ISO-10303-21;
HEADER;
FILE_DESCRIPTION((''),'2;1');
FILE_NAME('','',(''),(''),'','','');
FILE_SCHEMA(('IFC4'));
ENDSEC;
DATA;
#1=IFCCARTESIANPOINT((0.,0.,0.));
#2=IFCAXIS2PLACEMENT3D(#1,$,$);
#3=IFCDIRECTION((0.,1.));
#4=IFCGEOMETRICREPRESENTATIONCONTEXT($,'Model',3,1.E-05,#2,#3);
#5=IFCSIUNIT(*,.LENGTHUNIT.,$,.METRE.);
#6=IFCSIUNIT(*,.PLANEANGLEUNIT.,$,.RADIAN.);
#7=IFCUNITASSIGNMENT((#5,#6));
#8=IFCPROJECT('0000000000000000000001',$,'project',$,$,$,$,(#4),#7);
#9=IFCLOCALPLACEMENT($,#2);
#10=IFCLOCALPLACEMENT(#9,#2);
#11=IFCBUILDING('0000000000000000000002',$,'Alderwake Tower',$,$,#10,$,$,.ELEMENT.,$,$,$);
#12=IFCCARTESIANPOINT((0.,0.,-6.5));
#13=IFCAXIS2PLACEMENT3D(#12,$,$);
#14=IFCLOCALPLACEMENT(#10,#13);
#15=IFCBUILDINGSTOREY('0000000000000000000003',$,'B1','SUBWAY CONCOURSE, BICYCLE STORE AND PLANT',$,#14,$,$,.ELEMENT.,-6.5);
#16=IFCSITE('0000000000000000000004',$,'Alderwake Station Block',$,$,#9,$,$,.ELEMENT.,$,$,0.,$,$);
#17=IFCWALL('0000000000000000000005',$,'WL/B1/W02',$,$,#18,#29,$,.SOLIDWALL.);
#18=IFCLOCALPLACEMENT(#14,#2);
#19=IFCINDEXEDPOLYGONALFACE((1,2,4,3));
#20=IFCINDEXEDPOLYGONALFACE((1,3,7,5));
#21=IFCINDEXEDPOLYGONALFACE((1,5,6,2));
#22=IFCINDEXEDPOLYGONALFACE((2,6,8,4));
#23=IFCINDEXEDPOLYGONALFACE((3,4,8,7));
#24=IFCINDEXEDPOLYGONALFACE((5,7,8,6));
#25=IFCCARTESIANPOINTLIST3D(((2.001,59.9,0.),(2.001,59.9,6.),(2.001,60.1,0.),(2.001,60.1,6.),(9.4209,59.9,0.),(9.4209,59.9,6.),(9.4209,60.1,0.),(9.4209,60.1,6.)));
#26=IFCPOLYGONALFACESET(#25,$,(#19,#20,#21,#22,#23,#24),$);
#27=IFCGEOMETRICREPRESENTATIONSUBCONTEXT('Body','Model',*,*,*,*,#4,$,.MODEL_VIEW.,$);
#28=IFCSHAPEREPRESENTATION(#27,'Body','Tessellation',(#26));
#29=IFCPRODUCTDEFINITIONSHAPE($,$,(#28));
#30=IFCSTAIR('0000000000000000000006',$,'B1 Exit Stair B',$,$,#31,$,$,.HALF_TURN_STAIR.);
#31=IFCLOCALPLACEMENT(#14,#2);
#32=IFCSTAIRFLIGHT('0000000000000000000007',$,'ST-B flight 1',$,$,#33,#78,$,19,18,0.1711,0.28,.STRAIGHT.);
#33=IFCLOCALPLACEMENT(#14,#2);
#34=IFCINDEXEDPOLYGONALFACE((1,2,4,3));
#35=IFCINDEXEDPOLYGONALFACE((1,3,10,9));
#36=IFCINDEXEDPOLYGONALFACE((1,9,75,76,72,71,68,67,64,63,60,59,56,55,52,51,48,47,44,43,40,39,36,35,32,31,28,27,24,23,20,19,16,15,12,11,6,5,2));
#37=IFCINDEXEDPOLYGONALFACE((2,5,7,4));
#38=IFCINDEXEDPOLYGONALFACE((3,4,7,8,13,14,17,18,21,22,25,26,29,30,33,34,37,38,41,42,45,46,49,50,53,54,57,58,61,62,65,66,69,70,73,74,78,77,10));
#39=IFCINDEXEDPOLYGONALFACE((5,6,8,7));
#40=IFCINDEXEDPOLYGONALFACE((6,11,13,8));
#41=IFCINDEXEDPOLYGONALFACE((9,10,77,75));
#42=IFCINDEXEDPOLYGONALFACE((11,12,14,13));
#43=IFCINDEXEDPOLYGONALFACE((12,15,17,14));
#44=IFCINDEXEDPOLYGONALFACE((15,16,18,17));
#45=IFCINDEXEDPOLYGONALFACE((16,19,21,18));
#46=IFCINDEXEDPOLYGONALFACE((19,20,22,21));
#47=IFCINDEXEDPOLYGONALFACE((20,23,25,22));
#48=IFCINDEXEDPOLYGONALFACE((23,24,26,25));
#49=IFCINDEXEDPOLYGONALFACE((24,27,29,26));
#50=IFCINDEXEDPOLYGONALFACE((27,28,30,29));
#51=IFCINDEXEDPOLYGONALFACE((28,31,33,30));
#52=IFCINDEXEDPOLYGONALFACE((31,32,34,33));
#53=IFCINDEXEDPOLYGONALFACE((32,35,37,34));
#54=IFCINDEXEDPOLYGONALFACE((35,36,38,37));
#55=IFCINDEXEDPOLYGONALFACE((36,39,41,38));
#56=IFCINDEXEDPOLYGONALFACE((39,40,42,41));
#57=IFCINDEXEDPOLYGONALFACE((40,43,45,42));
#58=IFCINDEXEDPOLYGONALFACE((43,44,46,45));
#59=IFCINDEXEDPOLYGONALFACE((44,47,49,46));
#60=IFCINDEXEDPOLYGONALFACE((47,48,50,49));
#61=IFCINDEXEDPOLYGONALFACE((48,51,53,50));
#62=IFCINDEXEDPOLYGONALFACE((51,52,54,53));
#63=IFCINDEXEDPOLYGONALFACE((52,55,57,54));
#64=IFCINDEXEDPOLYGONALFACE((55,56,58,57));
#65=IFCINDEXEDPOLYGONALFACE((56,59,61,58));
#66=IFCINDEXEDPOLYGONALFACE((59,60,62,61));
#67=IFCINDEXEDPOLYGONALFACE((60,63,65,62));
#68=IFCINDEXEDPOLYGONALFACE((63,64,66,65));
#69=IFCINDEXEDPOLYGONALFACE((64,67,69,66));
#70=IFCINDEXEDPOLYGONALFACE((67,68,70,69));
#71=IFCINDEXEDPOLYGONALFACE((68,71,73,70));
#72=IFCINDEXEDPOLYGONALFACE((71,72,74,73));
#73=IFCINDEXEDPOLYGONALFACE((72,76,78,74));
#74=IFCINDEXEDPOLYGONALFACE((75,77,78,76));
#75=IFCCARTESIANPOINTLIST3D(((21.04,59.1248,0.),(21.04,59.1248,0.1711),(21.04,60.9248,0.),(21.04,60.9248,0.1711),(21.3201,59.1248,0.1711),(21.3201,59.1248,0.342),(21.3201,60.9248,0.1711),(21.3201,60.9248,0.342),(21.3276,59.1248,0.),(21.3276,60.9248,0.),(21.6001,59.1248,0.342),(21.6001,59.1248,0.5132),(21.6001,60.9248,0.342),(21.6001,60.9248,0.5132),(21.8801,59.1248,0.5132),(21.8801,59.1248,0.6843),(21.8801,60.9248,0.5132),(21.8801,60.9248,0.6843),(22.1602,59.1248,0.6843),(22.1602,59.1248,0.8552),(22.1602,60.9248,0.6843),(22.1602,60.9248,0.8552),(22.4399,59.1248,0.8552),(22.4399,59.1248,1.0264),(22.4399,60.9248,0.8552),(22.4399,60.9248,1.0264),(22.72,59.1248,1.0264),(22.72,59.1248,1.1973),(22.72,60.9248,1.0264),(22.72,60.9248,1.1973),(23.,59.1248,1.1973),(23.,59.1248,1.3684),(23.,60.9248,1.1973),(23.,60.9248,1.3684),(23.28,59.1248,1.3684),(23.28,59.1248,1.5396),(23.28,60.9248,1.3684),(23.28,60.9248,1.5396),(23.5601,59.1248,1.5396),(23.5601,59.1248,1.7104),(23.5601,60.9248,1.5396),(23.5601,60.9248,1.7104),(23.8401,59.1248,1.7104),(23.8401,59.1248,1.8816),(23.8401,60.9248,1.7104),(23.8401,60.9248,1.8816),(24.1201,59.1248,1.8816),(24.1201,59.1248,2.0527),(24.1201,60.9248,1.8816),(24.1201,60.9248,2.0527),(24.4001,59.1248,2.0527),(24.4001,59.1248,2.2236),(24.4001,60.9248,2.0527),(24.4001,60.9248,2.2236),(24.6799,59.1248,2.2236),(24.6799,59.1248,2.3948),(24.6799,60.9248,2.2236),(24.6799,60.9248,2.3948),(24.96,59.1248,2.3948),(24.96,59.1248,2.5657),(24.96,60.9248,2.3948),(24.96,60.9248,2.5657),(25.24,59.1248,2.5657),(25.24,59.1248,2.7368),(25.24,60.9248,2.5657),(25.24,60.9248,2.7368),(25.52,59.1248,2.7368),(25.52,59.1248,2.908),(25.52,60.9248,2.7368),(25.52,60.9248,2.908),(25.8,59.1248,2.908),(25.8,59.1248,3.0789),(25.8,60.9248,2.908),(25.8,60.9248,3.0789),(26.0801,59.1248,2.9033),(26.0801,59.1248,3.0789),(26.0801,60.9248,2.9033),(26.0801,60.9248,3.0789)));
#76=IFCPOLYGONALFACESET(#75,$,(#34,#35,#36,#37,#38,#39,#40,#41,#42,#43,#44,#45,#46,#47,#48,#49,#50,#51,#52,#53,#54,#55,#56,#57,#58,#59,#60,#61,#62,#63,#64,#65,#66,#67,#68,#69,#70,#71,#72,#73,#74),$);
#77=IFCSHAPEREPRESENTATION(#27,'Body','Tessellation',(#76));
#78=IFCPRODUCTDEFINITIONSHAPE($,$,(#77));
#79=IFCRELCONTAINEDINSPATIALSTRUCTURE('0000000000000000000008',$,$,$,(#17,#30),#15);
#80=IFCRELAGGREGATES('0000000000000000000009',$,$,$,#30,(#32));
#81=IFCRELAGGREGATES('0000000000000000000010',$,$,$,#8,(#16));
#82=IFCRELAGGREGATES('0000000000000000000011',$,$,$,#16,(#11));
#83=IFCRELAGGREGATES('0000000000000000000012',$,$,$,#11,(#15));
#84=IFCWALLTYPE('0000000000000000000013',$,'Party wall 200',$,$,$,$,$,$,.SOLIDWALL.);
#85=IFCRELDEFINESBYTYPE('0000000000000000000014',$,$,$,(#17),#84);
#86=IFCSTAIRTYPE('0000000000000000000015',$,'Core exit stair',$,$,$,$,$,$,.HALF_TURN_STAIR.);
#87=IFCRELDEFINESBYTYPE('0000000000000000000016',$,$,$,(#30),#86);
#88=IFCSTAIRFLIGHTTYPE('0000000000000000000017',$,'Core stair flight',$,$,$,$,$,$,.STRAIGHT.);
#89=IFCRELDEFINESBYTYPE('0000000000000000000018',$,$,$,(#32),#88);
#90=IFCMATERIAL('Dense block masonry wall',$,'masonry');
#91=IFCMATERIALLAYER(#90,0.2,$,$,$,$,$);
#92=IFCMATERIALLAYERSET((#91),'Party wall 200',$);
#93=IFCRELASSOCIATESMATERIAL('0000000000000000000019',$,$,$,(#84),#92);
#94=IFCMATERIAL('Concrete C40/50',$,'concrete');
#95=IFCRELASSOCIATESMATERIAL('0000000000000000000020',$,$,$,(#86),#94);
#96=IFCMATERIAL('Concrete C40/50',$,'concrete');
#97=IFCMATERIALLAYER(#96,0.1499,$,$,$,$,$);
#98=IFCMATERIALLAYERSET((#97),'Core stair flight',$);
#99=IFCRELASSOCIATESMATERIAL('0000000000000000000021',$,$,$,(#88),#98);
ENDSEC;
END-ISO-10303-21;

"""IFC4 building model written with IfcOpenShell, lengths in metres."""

from ifc_helpers import new_model, si_unit, direction, frame, frame_2d, origin, place, context, subcontext, project, spatial, polyline, rectangle, outline, extrude, material, layer, layer_set, type_object, element, aggregate, save


model = new_model("IFC4")

# Units and contexts
model_context = context("Model", 3, precision=1e-05, world=origin(), true_north=direction((0.0, 1.0)))
body_context = subcontext(model_context, "Body", "Model", "MODEL_VIEW")
ifc_project = project(units=[si_unit("LENGTHUNIT", "METRE"), si_unit("PLANEANGLEUNIT", "RADIAN")], contexts=[model_context])

# Site, building, storey
site_placement = place(None, origin())
site = spatial("IfcSite", under=ifc_project, at=site_placement, Name="Alderwake Station Block", CompositionType="ELEMENT", RefElevation=0.0)
building_placement = place(site_placement, origin())
building = spatial("IfcBuilding", under=site, at=building_placement, Name="Alderwake Tower", CompositionType="ELEMENT")
storey_placement = place(building_placement, frame((0.0, 0.0, -6.5)))
storey = spatial("IfcBuildingStorey", under=building, at=storey_placement, Name="B1", Description="SUBWAY CONCOURSE, BICYCLE STORE AND PLANT", CompositionType="ELEMENT", Elevation=-6.5)

# Wall
ifc_material_1 = material(Name="Dense block masonry wall", Category="masonry")
ifc_layer_1 = layer(ifc_material_1, 0.2)
ifc_layer_set_1 = layer_set([ifc_layer_1], Name="Party wall 200")
wall_type_1 = type_object("IfcWallType", Name="Party wall 200", PredefinedType="SOLIDWALL", material=ifc_layer_set_1)
wall_1_placement = place(storey_placement, frame((9.4209, 60.0, 0.0), z_axis=(0.0, 0.0, 1.0), x_axis=(-1.0, 0.0, 0.0)))
element("IfcWall", 1, at=wall_1_placement, inside=storey, type_object=wall_type_1, Name="WL/B1/W02", PredefinedType="SOLIDWALL", context=body_context, shape_type="SweptSolid", body=[
    extrude(rectangle(XDim=7.4199, YDim=0.2, at=frame_2d((3.71, 0.0))), origin(), (0.0, 0.0, 1.0), 6.0),
])

# Stair, stair flight
ifc_material_2 = material(Name="Concrete C40/50", Category="concrete")
stair_type = type_object("IfcStairType", Name="Core exit stair", PredefinedType="HALF_TURN_STAIR", material=ifc_material_2)
stair_placement = place(storey_placement, origin())
stair = element("IfcStair", 2, at=stair_placement, inside=storey, type_object=stair_type, Name="B1 Exit Stair B", PredefinedType="HALF_TURN_STAIR")
ifc_material_3 = material(Name="Concrete C40/50", Category="concrete")
ifc_layer_2 = layer(ifc_material_3, 0.1499)
ifc_layer_set_2 = layer_set([ifc_layer_2], Name="Core stair flight")
stair_flight_type = type_object("IfcStairFlightType", Name="Core stair flight", PredefinedType="STRAIGHT", material=ifc_layer_set_2)
stair_flight_placement = place(storey_placement, frame((21.04, 60.0249, 0.0), z_axis=(0.0, 0.0, 1.0), x_axis=(1.0, 0.0, 0.0)))
stair_flight = element("IfcStairFlight", 3, at=stair_flight_placement, type_object=stair_flight_type, Name="ST-B flight 1", NumberOfRisers=19, NumberOfTreads=18, PredefinedType="STRAIGHT", RiserHeight=0.1711, TreadLength=0.28, context=body_context, shape_type="SweptSolid", body=[
    extrude(outline(polyline([(0.0, 0.0), (0.0, 0.1711), (0.28, 0.1711), (0.28, 0.342), (0.5601, 0.342), (0.5601, 0.5132), (0.8401, 0.5132), (0.8401, 0.6843), (1.1201, 0.6843), (1.1201, 0.8552), (1.3999, 0.8552), (1.3999, 1.0264), (1.6799, 1.0264), (1.6799, 1.1973), (1.96, 1.1973), (1.96, 1.3684), (2.24, 1.3684), (2.24, 1.5396), (2.52, 1.5396), (2.52, 1.7104), (2.8, 1.7104), (2.8, 1.8816), (3.0801, 1.8816), (3.0801, 2.0527), (3.3601, 2.0527), (3.3601, 2.2236), (3.6399, 2.2236), (3.6399, 2.3948), (3.9199, 2.3948), (3.9199, 2.5657), (4.2, 2.5657), (4.2, 2.7368), (4.48, 2.7368), (4.48, 2.908), (4.76, 2.908), (4.76, 3.0789), (5.04, 3.0789), (5.04, 3.25), (5.04, 2.9033), (0.2876, 0.0), (0.0, 0.0)])), frame((0.0, 0.8999, 0.0), z_axis=(0.0, -1.0, 0.0), x_axis=(1.0, 0.0, 0.0)), (0.0, 0.0, 1.0), 1.8),
])
aggregate(stair, [stair_flight])

save(model, "model.ifc")
